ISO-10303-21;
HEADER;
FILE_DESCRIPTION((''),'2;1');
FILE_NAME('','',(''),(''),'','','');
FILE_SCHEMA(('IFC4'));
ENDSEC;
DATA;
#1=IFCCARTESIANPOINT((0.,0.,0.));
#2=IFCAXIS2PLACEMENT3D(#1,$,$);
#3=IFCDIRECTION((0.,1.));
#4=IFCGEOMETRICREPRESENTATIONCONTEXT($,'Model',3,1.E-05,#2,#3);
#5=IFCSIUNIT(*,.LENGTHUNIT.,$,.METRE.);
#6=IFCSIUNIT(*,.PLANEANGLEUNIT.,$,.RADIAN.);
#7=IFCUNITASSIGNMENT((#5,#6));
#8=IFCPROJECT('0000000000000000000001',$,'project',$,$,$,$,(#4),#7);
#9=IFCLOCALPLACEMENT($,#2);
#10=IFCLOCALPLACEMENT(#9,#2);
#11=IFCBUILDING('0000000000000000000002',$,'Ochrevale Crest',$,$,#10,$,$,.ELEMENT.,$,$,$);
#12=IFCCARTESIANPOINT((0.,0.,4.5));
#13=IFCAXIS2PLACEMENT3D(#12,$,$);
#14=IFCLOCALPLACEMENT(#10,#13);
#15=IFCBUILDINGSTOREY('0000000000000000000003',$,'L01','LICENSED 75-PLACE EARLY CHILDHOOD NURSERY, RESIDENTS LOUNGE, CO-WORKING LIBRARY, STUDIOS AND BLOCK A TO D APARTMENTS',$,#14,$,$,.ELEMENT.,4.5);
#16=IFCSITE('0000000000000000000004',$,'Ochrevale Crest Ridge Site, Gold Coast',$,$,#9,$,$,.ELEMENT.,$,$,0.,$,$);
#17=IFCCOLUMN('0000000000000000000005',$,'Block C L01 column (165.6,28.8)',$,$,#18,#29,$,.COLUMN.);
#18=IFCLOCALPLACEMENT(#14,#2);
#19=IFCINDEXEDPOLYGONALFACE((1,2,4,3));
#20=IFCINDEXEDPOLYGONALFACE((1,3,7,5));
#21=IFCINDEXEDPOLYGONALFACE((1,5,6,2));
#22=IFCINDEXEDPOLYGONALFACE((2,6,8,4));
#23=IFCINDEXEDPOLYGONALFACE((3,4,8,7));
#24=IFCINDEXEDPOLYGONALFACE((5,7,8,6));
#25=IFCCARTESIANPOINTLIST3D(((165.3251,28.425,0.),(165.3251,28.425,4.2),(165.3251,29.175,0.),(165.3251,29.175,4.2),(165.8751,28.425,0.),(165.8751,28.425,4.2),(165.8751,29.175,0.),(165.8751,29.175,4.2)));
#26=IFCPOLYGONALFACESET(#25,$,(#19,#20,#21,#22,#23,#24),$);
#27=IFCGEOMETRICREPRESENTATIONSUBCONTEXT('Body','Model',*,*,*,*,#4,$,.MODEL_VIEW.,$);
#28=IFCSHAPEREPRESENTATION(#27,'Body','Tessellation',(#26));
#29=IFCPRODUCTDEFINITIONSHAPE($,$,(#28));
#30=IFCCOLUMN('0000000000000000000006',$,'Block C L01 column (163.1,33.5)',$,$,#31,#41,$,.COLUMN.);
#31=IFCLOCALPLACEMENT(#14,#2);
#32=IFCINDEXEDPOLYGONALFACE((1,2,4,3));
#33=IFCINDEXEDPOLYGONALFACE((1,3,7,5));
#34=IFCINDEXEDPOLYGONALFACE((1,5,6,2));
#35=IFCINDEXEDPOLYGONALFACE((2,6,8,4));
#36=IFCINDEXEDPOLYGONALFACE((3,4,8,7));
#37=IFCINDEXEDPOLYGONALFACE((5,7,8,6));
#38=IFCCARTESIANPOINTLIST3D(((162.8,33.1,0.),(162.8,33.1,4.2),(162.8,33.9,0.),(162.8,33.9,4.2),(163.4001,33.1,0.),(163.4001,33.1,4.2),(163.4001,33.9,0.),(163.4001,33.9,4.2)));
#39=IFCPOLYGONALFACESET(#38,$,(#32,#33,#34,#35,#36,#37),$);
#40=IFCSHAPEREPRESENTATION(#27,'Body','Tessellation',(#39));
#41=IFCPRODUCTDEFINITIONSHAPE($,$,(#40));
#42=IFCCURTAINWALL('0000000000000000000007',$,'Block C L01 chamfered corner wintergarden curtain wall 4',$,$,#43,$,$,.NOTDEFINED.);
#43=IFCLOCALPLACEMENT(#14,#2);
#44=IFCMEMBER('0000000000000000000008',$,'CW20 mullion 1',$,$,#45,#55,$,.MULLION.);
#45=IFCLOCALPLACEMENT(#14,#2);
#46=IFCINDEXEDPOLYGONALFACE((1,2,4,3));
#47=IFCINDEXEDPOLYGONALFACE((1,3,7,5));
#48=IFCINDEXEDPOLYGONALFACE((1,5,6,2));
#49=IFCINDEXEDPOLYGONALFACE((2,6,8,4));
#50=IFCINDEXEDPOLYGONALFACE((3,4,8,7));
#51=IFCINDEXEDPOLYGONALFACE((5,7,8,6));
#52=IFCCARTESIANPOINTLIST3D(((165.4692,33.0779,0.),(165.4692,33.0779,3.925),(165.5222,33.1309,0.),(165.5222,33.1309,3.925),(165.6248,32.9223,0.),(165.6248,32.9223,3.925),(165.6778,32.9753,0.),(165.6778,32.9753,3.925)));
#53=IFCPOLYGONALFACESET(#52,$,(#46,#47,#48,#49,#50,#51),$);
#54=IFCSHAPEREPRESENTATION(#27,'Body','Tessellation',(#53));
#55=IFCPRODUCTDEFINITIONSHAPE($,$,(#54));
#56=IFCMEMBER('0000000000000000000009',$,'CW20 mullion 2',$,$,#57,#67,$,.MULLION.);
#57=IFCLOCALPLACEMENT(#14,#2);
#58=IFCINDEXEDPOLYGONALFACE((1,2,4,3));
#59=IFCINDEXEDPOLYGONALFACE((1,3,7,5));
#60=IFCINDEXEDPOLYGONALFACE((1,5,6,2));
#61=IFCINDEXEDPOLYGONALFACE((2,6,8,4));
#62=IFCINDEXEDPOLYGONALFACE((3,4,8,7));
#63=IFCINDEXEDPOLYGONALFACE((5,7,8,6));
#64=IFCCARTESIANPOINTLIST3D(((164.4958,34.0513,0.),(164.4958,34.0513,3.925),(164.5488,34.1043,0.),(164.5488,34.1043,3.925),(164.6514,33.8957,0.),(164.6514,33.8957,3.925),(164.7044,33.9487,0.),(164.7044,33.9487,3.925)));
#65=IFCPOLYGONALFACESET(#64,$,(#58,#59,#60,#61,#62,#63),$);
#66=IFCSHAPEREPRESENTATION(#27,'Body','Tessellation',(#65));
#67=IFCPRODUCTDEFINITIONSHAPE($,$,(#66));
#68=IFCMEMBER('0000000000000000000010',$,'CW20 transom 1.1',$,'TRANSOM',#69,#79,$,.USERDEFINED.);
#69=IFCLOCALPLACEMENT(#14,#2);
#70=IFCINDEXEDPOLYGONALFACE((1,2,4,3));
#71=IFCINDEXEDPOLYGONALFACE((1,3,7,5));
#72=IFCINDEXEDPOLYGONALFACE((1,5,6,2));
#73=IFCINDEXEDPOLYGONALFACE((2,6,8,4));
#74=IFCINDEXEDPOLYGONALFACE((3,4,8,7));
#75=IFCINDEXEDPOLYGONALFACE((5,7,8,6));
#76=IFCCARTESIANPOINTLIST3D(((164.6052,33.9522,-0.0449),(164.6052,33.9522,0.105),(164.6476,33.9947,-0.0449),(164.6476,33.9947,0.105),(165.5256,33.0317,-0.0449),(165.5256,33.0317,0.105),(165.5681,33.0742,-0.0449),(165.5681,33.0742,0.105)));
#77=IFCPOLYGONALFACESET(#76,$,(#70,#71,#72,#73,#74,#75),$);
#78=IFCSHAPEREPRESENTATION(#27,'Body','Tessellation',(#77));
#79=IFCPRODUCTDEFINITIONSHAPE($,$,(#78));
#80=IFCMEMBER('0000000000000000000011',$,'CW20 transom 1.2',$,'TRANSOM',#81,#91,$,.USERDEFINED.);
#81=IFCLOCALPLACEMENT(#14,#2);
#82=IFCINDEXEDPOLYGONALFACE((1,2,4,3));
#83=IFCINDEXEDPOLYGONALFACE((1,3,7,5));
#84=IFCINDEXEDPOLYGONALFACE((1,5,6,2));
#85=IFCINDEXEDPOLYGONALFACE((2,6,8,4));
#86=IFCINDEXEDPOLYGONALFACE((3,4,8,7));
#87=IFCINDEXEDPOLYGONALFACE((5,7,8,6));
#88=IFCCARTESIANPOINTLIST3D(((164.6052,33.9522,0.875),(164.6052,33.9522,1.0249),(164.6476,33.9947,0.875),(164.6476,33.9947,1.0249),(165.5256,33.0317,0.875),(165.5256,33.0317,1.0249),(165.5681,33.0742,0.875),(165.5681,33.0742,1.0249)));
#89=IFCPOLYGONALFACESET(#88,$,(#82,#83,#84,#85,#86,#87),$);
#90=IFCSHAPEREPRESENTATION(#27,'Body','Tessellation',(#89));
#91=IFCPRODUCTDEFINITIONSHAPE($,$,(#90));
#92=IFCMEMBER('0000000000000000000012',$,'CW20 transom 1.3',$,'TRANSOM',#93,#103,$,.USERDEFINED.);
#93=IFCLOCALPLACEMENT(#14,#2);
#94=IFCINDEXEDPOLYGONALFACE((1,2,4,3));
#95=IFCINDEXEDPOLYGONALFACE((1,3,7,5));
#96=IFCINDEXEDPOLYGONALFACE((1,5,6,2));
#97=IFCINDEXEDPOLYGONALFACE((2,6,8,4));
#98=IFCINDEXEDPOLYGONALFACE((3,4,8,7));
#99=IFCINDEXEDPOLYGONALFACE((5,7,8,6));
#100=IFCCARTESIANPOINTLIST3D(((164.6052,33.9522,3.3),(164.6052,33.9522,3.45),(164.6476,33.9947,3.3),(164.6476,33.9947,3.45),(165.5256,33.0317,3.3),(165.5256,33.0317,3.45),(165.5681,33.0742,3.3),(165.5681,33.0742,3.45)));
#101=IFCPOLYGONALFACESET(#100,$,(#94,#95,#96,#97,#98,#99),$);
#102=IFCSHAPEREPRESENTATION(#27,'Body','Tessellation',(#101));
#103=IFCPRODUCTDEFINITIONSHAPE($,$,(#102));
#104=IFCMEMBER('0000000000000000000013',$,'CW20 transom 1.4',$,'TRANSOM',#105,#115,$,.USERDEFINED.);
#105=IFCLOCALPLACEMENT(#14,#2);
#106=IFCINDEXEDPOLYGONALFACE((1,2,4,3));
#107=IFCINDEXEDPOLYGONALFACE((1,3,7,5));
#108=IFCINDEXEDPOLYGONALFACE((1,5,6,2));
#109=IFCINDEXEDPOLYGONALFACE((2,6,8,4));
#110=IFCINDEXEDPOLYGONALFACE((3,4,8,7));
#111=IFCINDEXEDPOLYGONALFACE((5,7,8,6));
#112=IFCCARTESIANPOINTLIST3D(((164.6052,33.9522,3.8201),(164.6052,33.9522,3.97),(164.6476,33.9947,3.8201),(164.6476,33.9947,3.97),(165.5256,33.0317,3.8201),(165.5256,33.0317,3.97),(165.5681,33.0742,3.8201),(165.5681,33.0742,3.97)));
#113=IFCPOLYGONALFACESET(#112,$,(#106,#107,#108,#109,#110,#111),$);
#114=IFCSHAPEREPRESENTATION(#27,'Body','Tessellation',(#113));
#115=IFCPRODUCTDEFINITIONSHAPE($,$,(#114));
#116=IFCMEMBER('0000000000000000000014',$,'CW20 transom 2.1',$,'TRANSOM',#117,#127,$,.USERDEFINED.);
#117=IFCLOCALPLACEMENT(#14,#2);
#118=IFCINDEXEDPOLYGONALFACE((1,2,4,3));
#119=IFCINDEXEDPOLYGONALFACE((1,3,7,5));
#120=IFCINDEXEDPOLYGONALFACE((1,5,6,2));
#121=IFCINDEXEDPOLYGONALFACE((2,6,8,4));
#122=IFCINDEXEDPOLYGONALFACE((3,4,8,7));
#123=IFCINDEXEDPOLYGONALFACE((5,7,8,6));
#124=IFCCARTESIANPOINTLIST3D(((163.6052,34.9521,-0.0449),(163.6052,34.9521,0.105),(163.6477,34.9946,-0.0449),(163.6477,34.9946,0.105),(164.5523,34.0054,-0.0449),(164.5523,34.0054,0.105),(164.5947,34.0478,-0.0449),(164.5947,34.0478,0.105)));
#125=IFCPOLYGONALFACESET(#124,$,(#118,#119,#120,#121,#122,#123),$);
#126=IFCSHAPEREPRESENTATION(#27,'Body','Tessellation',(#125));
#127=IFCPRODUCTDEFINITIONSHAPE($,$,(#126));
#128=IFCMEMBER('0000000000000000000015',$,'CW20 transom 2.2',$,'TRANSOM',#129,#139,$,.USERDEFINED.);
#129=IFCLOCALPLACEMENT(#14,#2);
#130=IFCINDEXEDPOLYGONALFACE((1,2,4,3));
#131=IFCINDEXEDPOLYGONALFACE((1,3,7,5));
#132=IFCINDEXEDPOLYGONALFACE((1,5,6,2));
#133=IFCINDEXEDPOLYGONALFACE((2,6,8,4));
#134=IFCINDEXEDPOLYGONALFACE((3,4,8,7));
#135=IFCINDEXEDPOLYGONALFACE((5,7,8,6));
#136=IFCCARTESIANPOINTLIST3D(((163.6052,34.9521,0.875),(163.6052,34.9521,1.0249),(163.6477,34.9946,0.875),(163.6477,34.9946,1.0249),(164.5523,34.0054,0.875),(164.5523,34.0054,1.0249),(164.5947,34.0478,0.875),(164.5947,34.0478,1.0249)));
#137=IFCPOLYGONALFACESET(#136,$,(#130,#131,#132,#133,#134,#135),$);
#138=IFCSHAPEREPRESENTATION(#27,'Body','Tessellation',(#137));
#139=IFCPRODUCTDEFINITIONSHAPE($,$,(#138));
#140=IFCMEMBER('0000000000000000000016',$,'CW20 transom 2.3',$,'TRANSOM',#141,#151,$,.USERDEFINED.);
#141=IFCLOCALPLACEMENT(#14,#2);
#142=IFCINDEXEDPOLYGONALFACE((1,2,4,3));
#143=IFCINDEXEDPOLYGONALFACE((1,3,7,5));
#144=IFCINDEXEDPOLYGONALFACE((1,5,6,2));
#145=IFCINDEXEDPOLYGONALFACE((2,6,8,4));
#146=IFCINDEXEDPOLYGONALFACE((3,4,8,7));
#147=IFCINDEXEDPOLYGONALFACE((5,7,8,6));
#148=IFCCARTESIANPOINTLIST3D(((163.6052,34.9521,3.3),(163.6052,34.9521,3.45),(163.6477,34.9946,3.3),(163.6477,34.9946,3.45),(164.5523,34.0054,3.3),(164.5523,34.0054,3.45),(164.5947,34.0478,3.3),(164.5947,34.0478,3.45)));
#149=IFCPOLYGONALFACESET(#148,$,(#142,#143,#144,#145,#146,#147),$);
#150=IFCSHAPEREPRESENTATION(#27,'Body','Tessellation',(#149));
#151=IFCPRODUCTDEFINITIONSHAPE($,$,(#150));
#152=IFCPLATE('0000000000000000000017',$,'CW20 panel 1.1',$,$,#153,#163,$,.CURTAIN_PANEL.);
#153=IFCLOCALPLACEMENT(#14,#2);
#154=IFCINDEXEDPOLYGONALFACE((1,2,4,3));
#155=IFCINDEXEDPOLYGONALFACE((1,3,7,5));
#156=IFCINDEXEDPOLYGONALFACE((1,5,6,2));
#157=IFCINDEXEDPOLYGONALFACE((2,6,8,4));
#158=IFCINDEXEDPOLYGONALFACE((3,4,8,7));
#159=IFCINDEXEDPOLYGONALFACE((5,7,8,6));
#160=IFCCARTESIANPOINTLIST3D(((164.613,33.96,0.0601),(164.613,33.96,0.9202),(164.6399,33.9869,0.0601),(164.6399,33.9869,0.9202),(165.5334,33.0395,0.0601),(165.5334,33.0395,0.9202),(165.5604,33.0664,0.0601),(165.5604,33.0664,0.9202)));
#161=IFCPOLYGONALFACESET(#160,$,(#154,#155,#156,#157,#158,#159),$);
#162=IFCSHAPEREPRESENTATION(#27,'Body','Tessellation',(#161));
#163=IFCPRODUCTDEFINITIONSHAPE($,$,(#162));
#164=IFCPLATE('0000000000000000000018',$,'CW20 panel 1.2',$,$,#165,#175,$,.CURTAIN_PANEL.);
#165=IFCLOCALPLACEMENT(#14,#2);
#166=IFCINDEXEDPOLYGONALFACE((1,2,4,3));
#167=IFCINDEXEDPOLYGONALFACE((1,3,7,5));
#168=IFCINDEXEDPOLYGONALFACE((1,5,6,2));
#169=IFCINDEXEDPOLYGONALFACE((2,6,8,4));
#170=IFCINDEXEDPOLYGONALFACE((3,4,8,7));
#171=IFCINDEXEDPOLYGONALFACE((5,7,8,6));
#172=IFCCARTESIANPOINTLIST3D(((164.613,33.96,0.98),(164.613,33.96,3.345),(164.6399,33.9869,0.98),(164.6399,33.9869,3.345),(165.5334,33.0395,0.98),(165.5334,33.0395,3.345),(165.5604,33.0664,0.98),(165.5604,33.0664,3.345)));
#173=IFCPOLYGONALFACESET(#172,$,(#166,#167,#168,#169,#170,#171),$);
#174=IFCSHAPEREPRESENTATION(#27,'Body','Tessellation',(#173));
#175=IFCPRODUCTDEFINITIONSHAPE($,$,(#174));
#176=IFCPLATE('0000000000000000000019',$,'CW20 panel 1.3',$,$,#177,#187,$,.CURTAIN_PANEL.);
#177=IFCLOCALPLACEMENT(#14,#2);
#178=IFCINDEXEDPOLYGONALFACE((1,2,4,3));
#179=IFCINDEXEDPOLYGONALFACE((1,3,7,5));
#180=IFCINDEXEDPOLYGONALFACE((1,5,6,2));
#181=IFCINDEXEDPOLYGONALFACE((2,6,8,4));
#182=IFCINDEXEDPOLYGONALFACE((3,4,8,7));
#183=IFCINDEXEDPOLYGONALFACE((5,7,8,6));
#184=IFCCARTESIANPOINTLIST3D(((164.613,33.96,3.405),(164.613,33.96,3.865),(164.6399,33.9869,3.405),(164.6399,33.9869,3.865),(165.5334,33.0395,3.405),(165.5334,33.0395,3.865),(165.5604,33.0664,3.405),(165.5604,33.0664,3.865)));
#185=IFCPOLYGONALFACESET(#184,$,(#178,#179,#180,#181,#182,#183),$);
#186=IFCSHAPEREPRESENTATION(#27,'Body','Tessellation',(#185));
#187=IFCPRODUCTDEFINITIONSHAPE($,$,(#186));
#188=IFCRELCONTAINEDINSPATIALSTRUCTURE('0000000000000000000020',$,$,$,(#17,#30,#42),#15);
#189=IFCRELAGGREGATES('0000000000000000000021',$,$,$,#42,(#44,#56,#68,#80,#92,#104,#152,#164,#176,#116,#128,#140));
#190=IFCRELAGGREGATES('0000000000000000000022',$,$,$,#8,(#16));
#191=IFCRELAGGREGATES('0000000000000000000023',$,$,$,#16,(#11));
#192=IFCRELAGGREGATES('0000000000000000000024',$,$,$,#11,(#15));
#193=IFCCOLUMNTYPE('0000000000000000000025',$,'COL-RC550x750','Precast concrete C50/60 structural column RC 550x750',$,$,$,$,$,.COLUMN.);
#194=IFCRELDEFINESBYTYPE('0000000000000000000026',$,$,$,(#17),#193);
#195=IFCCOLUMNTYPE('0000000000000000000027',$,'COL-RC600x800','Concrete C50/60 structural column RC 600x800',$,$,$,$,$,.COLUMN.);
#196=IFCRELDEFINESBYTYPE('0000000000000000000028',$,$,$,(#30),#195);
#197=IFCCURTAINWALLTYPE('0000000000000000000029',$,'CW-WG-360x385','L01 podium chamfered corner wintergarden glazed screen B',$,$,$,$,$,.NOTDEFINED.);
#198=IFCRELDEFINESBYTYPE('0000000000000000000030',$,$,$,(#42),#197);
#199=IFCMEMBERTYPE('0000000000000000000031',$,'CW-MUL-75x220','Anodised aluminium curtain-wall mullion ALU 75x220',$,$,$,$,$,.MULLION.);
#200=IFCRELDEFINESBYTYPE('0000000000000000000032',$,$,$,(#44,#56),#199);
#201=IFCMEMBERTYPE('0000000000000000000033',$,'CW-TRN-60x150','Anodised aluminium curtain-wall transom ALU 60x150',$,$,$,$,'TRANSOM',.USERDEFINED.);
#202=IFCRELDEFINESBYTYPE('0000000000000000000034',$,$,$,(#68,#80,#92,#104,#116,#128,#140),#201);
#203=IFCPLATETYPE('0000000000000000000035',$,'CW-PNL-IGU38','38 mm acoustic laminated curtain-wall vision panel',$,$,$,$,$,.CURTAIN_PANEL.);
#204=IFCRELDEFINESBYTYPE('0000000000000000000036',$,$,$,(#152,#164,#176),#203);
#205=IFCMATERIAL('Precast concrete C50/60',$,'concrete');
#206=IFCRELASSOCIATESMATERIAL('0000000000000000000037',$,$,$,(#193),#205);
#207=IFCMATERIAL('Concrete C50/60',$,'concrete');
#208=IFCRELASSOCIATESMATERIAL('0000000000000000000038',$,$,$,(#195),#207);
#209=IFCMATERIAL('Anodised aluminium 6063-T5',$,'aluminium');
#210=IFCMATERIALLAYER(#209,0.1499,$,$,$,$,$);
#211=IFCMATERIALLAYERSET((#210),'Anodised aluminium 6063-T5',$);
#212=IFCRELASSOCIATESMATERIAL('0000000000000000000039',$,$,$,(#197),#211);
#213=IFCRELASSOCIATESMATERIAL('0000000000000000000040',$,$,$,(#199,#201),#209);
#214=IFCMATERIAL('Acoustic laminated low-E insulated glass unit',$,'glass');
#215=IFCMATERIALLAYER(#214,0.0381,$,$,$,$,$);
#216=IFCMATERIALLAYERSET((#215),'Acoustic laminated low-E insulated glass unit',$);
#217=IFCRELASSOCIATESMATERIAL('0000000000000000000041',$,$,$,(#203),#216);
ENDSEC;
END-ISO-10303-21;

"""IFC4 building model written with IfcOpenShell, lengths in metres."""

from ifc_helpers import new_model, si_unit, direction, frame, origin, origin_2d, place, context, subcontext, project, spatial, rectangle, extrude, material, layer, layer_set, material_profile, profile_set, type_object, element, aggregate, save


model = new_model("IFC4")

# Units and contexts
model_context = context("Model", 3, precision=1e-05, world=origin(), true_north=direction((0.0, 1.0)))
body_context = subcontext(model_context, "Body", "Model", "MODEL_VIEW")
ifc_project = project(units=[si_unit("LENGTHUNIT", "METRE"), si_unit("PLANEANGLEUNIT", "RADIAN")], contexts=[model_context])

# Site, building, storey
site_placement = place(None, origin())
site = spatial("IfcSite", under=ifc_project, at=site_placement, Name="Ochrevale Crest Ridge Site, Gold Coast", CompositionType="ELEMENT", RefElevation=0.0)
building_placement = place(site_placement, origin())
building = spatial("IfcBuilding", under=site, at=building_placement, Name="Ochrevale Crest", CompositionType="ELEMENT")
storey_placement = place(building_placement, frame((0.0, 0.0, 4.5)))
storey = spatial("IfcBuildingStorey", under=building, at=storey_placement, Name="L01", Description="LICENSED 75-PLACE EARLY CHILDHOOD NURSERY, RESIDENTS LOUNGE, CO-WORKING LIBRARY, STUDIOS AND BLOCK A TO D APARTMENTS", CompositionType="ELEMENT", Elevation=4.5)

# Columns
ifc_material_1 = material(Name="Precast concrete C50/60", Category="concrete")
ifc_material_profile_1 = material_profile(ifc_material_1, rectangle(XDim=0.55, YDim=0.75, at=origin_2d()), Name="RC 550x750")
ifc_profile_set_1 = profile_set([ifc_material_profile_1], Name="Precast concrete C50/60")
column_type_1 = type_object("IfcColumnType", Name="COL-RC550x750", Description="Precast concrete C50/60 structural column RC 550x750", PredefinedType="COLUMN", material=ifc_profile_set_1)
column_1_placement = place(storey_placement, frame((165.6001, 28.8, 0.0), z_axis=(0.0, 0.0, 1.0), x_axis=(1.0, 0.0, 0.0)))
element("IfcColumn", 1, at=column_1_placement, inside=storey, type_object=column_type_1, Name="Block C L01 column (165.6,28.8)", PredefinedType="COLUMN", context=body_context, shape_type="SweptSolid", body=[
    extrude(rectangle(XDim=0.55, YDim=0.75, at=origin_2d()), origin(), (0.0, 0.0, 1.0), 4.2),
])
ifc_material_2 = material(Name="Concrete C50/60", Category="concrete")
ifc_material_profile_2 = material_profile(ifc_material_2, rectangle(XDim=0.6001, YDim=0.8, at=origin_2d()), Name="RC 600x800")
ifc_profile_set_2 = profile_set([ifc_material_profile_2], Name="Concrete C50/60")
column_type_2 = type_object("IfcColumnType", Name="COL-RC600x800", Description="Concrete C50/60 structural column RC 600x800", PredefinedType="COLUMN", material=ifc_profile_set_2)
column_2_placement = place(storey_placement, frame((163.1001, 33.5, 0.0), z_axis=(0.0, 0.0, 1.0), x_axis=(1.0, 0.0, 0.0)))
element("IfcColumn", 2, at=column_2_placement, inside=storey, type_object=column_type_2, Name="Block C L01 column (163.1,33.5)", PredefinedType="COLUMN", context=body_context, shape_type="SweptSolid", body=[
    extrude(rectangle(XDim=0.6001, YDim=0.8, at=origin_2d()), origin(), (0.0, 0.0, 1.0), 4.2),
])

# Curtain wall, members, plates
ifc_material_3 = material(Name="Anodised aluminium 6063-T5", Category="aluminium")
ifc_layer_1 = layer(ifc_material_3, 0.1499)
ifc_layer_set_1 = layer_set([ifc_layer_1], Name="Anodised aluminium 6063-T5")
curtain_wall_type = type_object("IfcCurtainWallType", Name="CW-WG-360x385", Description="L01 podium chamfered corner wintergarden glazed screen B", PredefinedType="NOTDEFINED", material=ifc_layer_set_1)
curtain_wall_placement = place(storey_placement, origin())
curtain_wall = element("IfcCurtainWall", 3, at=curtain_wall_placement, inside=storey, type_object=curtain_wall_type, Name="Block C L01 chamfered corner wintergarden curtain wall 4", PredefinedType="NOTDEFINED")
ifc_material_profile_3 = material_profile(ifc_material_3, rectangle(XDim=0.075, YDim=0.22, at=origin_2d()), Name="ALU 75x220")
ifc_profile_set_3 = profile_set([ifc_material_profile_3], Name="Anodised aluminium 6063-T5")
member_type_1 = type_object("IfcMemberType", Name="CW-MUL-75x220", Description="Anodised aluminium curtain-wall mullion ALU 75x220", PredefinedType="MULLION", material=ifc_profile_set_3)
member_1_placement = place(storey_placement, frame((165.5735, 33.0266, 0.0), z_axis=(0.0, 0.0, 1.0), x_axis=(-0.707107, -0.707107, 0.0)))
member_1 = element("IfcMember", 4, at=member_1_placement, type_object=member_type_1, Name="CW20 mullion 1", PredefinedType="MULLION", context=body_context, shape_type="SweptSolid", body=[
    extrude(rectangle(XDim=0.075, YDim=0.22, at=origin_2d()), origin(), (0.0, 0.0, 1.0), 3.925),
])
member_2_placement = place(storey_placement, frame((164.6001, 34.0, 0.0), z_axis=(0.0, 0.0, 1.0), x_axis=(-0.707107, -0.707107, 0.0)))
member_2 = element("IfcMember", 5, at=member_2_placement, type_object=member_type_1, Name="CW20 mullion 2", PredefinedType="MULLION", context=body_context, shape_type="SweptSolid", body=[
    extrude(rectangle(XDim=0.075, YDim=0.22, at=origin_2d()), origin(), (0.0, 0.0, 1.0), 3.925),
])
ifc_material_profile_4 = material_profile(ifc_material_3, rectangle(XDim=0.0601, YDim=0.1499, at=origin_2d()), Name="ALU 60x150")
ifc_profile_set_4 = profile_set([ifc_material_profile_4], Name="Anodised aluminium 6063-T5")
member_type_2 = type_object("IfcMemberType", Name="CW-TRN-60x150", Description="Anodised aluminium curtain-wall transom ALU 60x150", ElementType="TRANSOM", PredefinedType="USERDEFINED", material=ifc_profile_set_4)
member_3_placement = place(storey_placement, frame((165.5469, 33.053, 0.03), z_axis=(-0.707107, 0.707107, 0.0), x_axis=(-0.707107, -0.707107, 0.0)))
member_3 = element("IfcMember", 6, at=member_3_placement, type_object=member_type_2, Name="CW20 transom 1.1", ObjectType="TRANSOM", PredefinedType="USERDEFINED", context=body_context, shape_type="SweptSolid", body=[
    extrude(rectangle(XDim=0.0601, YDim=0.1499, at=origin_2d()), origin(), (0.0, 0.0, 1.0), 1.3018),
])
member_4_placement = place(storey_placement, frame((165.5469, 33.053, 0.95), z_axis=(-0.707107, 0.707107, 0.0), x_axis=(-0.707107, -0.707107, 0.0)))
member_4 = element("IfcMember", 7, at=member_4_placement, type_object=member_type_2, Name="CW20 transom 1.2", ObjectType="TRANSOM", PredefinedType="USERDEFINED", context=body_context, shape_type="SweptSolid", body=[
    extrude(rectangle(XDim=0.0601, YDim=0.1499, at=origin_2d()), origin(), (0.0, 0.0, 1.0), 1.3018),
])
member_5_placement = place(storey_placement, frame((165.5469, 33.053, 3.375), z_axis=(-0.707107, 0.707107, 0.0), x_axis=(-0.707107, -0.707107, 0.0)))
member_5 = element("IfcMember", 8, at=member_5_placement, type_object=member_type_2, Name="CW20 transom 1.3", ObjectType="TRANSOM", PredefinedType="USERDEFINED", context=body_context, shape_type="SweptSolid", body=[
    extrude(rectangle(XDim=0.0601, YDim=0.1499, at=origin_2d()), origin(), (0.0, 0.0, 1.0), 1.3018),
])
member_6_placement = place(storey_placement, frame((165.5469, 33.053, 3.895), z_axis=(-0.707107, 0.707107, 0.0), x_axis=(-0.707107, -0.707107, 0.0)))
member_6 = element("IfcMember", 9, at=member_6_placement, type_object=member_type_2, Name="CW20 transom 1.4", ObjectType="TRANSOM", PredefinedType="USERDEFINED", context=body_context, shape_type="SweptSolid", body=[
    extrude(rectangle(XDim=0.0601, YDim=0.1499, at=origin_2d()), origin(), (0.0, 0.0, 1.0), 1.3018),
])
member_7_placement = place(storey_placement, frame((164.5735, 34.0266, 0.03), z_axis=(-0.707198, 0.707016, 0.0), x_axis=(-0.707016, -0.707198, 0.0)))
member_7 = element("IfcMember", 10, at=member_7_placement, type_object=member_type_2, Name="CW20 transom 2.1", ObjectType="TRANSOM", PredefinedType="USERDEFINED", context=body_context, shape_type="SweptSolid", body=[
    extrude(rectangle(XDim=0.0601, YDim=0.1499, at=origin_2d()), origin(), (0.0, 0.0, 1.0), 1.3391),
])
member_8_placement = place(storey_placement, frame((164.5735, 34.0266, 0.95), z_axis=(-0.707198, 0.707016, 0.0), x_axis=(-0.707016, -0.707198, 0.0)))
member_8 = element("IfcMember", 11, at=member_8_placement, type_object=member_type_2, Name="CW20 transom 2.2", ObjectType="TRANSOM", PredefinedType="USERDEFINED", context=body_context, shape_type="SweptSolid", body=[
    extrude(rectangle(XDim=0.0601, YDim=0.1499, at=origin_2d()), origin(), (0.0, 0.0, 1.0), 1.3391),
])
member_9_placement = place(storey_placement, frame((164.5735, 34.0266, 3.375), z_axis=(-0.707198, 0.707016, 0.0), x_axis=(-0.707016, -0.707198, 0.0)))
member_9 = element("IfcMember", 12, at=member_9_placement, type_object=member_type_2, Name="CW20 transom 2.3", ObjectType="TRANSOM", PredefinedType="USERDEFINED", context=body_context, shape_type="SweptSolid", body=[
    extrude(rectangle(XDim=0.0601, YDim=0.1499, at=origin_2d()), origin(), (0.0, 0.0, 1.0), 1.3391),
])
ifc_material_4 = material(Name="Acoustic laminated low-E insulated glass unit", Category="glass")
ifc_layer_2 = layer(ifc_material_4, 0.0381)
ifc_layer_set_2 = layer_set([ifc_layer_2], Name="Acoustic laminated low-E insulated glass unit")
plate_type = type_object("IfcPlateType", Name="CW-PNL-IGU38", Description="38 mm acoustic laminated curtain-wall vision panel", PredefinedType="CURTAIN_PANEL", material=ifc_layer_set_2)
plate_1_placement = place(storey_placement, frame((165.0867, 33.5132, 0.0601), z_axis=(0.0, 0.0, 1.0), x_axis=(-0.707107, 0.707107, 0.0)))
plate_1 = element("IfcPlate", 13, at=plate_1_placement, type_object=plate_type, Name="CW20 panel 1.1", PredefinedType="CURTAIN_PANEL", context=body_context, shape_type="SweptSolid", body=[
    extrude(rectangle(XDim=1.3018, YDim=0.0381, at=origin_2d()), origin(), (0.0, 0.0, 1.0), 0.8601),
])
plate_2_placement = place(storey_placement, frame((165.0867, 33.5132, 0.98), z_axis=(0.0, 0.0, 1.0), x_axis=(-0.707107, 0.707107, 0.0)))
plate_2 = element("IfcPlate", 14, at=plate_2_placement, type_object=plate_type, Name="CW20 panel 1.2", PredefinedType="CURTAIN_PANEL", context=body_context, shape_type="SweptSolid", body=[
    extrude(rectangle(XDim=1.3018, YDim=0.0381, at=origin_2d()), origin(), (0.0, 0.0, 1.0), 2.365),
])
plate_3_placement = place(storey_placement, frame((165.0867, 33.5132, 3.405), z_axis=(0.0, 0.0, 1.0), x_axis=(-0.707107, 0.707107, 0.0)))
plate_3 = element("IfcPlate", 15, at=plate_3_placement, type_object=plate_type, Name="CW20 panel 1.3", PredefinedType="CURTAIN_PANEL", context=body_context, shape_type="SweptSolid", body=[
    extrude(rectangle(XDim=1.3018, YDim=0.0381, at=origin_2d()), origin(), (0.0, 0.0, 1.0), 0.46),
])
aggregate(curtain_wall, [member_1, member_2, member_3, member_4, member_5, member_6, plate_1, plate_2, plate_3, member_7, member_8, member_9])

save(model, "model.ifc")
